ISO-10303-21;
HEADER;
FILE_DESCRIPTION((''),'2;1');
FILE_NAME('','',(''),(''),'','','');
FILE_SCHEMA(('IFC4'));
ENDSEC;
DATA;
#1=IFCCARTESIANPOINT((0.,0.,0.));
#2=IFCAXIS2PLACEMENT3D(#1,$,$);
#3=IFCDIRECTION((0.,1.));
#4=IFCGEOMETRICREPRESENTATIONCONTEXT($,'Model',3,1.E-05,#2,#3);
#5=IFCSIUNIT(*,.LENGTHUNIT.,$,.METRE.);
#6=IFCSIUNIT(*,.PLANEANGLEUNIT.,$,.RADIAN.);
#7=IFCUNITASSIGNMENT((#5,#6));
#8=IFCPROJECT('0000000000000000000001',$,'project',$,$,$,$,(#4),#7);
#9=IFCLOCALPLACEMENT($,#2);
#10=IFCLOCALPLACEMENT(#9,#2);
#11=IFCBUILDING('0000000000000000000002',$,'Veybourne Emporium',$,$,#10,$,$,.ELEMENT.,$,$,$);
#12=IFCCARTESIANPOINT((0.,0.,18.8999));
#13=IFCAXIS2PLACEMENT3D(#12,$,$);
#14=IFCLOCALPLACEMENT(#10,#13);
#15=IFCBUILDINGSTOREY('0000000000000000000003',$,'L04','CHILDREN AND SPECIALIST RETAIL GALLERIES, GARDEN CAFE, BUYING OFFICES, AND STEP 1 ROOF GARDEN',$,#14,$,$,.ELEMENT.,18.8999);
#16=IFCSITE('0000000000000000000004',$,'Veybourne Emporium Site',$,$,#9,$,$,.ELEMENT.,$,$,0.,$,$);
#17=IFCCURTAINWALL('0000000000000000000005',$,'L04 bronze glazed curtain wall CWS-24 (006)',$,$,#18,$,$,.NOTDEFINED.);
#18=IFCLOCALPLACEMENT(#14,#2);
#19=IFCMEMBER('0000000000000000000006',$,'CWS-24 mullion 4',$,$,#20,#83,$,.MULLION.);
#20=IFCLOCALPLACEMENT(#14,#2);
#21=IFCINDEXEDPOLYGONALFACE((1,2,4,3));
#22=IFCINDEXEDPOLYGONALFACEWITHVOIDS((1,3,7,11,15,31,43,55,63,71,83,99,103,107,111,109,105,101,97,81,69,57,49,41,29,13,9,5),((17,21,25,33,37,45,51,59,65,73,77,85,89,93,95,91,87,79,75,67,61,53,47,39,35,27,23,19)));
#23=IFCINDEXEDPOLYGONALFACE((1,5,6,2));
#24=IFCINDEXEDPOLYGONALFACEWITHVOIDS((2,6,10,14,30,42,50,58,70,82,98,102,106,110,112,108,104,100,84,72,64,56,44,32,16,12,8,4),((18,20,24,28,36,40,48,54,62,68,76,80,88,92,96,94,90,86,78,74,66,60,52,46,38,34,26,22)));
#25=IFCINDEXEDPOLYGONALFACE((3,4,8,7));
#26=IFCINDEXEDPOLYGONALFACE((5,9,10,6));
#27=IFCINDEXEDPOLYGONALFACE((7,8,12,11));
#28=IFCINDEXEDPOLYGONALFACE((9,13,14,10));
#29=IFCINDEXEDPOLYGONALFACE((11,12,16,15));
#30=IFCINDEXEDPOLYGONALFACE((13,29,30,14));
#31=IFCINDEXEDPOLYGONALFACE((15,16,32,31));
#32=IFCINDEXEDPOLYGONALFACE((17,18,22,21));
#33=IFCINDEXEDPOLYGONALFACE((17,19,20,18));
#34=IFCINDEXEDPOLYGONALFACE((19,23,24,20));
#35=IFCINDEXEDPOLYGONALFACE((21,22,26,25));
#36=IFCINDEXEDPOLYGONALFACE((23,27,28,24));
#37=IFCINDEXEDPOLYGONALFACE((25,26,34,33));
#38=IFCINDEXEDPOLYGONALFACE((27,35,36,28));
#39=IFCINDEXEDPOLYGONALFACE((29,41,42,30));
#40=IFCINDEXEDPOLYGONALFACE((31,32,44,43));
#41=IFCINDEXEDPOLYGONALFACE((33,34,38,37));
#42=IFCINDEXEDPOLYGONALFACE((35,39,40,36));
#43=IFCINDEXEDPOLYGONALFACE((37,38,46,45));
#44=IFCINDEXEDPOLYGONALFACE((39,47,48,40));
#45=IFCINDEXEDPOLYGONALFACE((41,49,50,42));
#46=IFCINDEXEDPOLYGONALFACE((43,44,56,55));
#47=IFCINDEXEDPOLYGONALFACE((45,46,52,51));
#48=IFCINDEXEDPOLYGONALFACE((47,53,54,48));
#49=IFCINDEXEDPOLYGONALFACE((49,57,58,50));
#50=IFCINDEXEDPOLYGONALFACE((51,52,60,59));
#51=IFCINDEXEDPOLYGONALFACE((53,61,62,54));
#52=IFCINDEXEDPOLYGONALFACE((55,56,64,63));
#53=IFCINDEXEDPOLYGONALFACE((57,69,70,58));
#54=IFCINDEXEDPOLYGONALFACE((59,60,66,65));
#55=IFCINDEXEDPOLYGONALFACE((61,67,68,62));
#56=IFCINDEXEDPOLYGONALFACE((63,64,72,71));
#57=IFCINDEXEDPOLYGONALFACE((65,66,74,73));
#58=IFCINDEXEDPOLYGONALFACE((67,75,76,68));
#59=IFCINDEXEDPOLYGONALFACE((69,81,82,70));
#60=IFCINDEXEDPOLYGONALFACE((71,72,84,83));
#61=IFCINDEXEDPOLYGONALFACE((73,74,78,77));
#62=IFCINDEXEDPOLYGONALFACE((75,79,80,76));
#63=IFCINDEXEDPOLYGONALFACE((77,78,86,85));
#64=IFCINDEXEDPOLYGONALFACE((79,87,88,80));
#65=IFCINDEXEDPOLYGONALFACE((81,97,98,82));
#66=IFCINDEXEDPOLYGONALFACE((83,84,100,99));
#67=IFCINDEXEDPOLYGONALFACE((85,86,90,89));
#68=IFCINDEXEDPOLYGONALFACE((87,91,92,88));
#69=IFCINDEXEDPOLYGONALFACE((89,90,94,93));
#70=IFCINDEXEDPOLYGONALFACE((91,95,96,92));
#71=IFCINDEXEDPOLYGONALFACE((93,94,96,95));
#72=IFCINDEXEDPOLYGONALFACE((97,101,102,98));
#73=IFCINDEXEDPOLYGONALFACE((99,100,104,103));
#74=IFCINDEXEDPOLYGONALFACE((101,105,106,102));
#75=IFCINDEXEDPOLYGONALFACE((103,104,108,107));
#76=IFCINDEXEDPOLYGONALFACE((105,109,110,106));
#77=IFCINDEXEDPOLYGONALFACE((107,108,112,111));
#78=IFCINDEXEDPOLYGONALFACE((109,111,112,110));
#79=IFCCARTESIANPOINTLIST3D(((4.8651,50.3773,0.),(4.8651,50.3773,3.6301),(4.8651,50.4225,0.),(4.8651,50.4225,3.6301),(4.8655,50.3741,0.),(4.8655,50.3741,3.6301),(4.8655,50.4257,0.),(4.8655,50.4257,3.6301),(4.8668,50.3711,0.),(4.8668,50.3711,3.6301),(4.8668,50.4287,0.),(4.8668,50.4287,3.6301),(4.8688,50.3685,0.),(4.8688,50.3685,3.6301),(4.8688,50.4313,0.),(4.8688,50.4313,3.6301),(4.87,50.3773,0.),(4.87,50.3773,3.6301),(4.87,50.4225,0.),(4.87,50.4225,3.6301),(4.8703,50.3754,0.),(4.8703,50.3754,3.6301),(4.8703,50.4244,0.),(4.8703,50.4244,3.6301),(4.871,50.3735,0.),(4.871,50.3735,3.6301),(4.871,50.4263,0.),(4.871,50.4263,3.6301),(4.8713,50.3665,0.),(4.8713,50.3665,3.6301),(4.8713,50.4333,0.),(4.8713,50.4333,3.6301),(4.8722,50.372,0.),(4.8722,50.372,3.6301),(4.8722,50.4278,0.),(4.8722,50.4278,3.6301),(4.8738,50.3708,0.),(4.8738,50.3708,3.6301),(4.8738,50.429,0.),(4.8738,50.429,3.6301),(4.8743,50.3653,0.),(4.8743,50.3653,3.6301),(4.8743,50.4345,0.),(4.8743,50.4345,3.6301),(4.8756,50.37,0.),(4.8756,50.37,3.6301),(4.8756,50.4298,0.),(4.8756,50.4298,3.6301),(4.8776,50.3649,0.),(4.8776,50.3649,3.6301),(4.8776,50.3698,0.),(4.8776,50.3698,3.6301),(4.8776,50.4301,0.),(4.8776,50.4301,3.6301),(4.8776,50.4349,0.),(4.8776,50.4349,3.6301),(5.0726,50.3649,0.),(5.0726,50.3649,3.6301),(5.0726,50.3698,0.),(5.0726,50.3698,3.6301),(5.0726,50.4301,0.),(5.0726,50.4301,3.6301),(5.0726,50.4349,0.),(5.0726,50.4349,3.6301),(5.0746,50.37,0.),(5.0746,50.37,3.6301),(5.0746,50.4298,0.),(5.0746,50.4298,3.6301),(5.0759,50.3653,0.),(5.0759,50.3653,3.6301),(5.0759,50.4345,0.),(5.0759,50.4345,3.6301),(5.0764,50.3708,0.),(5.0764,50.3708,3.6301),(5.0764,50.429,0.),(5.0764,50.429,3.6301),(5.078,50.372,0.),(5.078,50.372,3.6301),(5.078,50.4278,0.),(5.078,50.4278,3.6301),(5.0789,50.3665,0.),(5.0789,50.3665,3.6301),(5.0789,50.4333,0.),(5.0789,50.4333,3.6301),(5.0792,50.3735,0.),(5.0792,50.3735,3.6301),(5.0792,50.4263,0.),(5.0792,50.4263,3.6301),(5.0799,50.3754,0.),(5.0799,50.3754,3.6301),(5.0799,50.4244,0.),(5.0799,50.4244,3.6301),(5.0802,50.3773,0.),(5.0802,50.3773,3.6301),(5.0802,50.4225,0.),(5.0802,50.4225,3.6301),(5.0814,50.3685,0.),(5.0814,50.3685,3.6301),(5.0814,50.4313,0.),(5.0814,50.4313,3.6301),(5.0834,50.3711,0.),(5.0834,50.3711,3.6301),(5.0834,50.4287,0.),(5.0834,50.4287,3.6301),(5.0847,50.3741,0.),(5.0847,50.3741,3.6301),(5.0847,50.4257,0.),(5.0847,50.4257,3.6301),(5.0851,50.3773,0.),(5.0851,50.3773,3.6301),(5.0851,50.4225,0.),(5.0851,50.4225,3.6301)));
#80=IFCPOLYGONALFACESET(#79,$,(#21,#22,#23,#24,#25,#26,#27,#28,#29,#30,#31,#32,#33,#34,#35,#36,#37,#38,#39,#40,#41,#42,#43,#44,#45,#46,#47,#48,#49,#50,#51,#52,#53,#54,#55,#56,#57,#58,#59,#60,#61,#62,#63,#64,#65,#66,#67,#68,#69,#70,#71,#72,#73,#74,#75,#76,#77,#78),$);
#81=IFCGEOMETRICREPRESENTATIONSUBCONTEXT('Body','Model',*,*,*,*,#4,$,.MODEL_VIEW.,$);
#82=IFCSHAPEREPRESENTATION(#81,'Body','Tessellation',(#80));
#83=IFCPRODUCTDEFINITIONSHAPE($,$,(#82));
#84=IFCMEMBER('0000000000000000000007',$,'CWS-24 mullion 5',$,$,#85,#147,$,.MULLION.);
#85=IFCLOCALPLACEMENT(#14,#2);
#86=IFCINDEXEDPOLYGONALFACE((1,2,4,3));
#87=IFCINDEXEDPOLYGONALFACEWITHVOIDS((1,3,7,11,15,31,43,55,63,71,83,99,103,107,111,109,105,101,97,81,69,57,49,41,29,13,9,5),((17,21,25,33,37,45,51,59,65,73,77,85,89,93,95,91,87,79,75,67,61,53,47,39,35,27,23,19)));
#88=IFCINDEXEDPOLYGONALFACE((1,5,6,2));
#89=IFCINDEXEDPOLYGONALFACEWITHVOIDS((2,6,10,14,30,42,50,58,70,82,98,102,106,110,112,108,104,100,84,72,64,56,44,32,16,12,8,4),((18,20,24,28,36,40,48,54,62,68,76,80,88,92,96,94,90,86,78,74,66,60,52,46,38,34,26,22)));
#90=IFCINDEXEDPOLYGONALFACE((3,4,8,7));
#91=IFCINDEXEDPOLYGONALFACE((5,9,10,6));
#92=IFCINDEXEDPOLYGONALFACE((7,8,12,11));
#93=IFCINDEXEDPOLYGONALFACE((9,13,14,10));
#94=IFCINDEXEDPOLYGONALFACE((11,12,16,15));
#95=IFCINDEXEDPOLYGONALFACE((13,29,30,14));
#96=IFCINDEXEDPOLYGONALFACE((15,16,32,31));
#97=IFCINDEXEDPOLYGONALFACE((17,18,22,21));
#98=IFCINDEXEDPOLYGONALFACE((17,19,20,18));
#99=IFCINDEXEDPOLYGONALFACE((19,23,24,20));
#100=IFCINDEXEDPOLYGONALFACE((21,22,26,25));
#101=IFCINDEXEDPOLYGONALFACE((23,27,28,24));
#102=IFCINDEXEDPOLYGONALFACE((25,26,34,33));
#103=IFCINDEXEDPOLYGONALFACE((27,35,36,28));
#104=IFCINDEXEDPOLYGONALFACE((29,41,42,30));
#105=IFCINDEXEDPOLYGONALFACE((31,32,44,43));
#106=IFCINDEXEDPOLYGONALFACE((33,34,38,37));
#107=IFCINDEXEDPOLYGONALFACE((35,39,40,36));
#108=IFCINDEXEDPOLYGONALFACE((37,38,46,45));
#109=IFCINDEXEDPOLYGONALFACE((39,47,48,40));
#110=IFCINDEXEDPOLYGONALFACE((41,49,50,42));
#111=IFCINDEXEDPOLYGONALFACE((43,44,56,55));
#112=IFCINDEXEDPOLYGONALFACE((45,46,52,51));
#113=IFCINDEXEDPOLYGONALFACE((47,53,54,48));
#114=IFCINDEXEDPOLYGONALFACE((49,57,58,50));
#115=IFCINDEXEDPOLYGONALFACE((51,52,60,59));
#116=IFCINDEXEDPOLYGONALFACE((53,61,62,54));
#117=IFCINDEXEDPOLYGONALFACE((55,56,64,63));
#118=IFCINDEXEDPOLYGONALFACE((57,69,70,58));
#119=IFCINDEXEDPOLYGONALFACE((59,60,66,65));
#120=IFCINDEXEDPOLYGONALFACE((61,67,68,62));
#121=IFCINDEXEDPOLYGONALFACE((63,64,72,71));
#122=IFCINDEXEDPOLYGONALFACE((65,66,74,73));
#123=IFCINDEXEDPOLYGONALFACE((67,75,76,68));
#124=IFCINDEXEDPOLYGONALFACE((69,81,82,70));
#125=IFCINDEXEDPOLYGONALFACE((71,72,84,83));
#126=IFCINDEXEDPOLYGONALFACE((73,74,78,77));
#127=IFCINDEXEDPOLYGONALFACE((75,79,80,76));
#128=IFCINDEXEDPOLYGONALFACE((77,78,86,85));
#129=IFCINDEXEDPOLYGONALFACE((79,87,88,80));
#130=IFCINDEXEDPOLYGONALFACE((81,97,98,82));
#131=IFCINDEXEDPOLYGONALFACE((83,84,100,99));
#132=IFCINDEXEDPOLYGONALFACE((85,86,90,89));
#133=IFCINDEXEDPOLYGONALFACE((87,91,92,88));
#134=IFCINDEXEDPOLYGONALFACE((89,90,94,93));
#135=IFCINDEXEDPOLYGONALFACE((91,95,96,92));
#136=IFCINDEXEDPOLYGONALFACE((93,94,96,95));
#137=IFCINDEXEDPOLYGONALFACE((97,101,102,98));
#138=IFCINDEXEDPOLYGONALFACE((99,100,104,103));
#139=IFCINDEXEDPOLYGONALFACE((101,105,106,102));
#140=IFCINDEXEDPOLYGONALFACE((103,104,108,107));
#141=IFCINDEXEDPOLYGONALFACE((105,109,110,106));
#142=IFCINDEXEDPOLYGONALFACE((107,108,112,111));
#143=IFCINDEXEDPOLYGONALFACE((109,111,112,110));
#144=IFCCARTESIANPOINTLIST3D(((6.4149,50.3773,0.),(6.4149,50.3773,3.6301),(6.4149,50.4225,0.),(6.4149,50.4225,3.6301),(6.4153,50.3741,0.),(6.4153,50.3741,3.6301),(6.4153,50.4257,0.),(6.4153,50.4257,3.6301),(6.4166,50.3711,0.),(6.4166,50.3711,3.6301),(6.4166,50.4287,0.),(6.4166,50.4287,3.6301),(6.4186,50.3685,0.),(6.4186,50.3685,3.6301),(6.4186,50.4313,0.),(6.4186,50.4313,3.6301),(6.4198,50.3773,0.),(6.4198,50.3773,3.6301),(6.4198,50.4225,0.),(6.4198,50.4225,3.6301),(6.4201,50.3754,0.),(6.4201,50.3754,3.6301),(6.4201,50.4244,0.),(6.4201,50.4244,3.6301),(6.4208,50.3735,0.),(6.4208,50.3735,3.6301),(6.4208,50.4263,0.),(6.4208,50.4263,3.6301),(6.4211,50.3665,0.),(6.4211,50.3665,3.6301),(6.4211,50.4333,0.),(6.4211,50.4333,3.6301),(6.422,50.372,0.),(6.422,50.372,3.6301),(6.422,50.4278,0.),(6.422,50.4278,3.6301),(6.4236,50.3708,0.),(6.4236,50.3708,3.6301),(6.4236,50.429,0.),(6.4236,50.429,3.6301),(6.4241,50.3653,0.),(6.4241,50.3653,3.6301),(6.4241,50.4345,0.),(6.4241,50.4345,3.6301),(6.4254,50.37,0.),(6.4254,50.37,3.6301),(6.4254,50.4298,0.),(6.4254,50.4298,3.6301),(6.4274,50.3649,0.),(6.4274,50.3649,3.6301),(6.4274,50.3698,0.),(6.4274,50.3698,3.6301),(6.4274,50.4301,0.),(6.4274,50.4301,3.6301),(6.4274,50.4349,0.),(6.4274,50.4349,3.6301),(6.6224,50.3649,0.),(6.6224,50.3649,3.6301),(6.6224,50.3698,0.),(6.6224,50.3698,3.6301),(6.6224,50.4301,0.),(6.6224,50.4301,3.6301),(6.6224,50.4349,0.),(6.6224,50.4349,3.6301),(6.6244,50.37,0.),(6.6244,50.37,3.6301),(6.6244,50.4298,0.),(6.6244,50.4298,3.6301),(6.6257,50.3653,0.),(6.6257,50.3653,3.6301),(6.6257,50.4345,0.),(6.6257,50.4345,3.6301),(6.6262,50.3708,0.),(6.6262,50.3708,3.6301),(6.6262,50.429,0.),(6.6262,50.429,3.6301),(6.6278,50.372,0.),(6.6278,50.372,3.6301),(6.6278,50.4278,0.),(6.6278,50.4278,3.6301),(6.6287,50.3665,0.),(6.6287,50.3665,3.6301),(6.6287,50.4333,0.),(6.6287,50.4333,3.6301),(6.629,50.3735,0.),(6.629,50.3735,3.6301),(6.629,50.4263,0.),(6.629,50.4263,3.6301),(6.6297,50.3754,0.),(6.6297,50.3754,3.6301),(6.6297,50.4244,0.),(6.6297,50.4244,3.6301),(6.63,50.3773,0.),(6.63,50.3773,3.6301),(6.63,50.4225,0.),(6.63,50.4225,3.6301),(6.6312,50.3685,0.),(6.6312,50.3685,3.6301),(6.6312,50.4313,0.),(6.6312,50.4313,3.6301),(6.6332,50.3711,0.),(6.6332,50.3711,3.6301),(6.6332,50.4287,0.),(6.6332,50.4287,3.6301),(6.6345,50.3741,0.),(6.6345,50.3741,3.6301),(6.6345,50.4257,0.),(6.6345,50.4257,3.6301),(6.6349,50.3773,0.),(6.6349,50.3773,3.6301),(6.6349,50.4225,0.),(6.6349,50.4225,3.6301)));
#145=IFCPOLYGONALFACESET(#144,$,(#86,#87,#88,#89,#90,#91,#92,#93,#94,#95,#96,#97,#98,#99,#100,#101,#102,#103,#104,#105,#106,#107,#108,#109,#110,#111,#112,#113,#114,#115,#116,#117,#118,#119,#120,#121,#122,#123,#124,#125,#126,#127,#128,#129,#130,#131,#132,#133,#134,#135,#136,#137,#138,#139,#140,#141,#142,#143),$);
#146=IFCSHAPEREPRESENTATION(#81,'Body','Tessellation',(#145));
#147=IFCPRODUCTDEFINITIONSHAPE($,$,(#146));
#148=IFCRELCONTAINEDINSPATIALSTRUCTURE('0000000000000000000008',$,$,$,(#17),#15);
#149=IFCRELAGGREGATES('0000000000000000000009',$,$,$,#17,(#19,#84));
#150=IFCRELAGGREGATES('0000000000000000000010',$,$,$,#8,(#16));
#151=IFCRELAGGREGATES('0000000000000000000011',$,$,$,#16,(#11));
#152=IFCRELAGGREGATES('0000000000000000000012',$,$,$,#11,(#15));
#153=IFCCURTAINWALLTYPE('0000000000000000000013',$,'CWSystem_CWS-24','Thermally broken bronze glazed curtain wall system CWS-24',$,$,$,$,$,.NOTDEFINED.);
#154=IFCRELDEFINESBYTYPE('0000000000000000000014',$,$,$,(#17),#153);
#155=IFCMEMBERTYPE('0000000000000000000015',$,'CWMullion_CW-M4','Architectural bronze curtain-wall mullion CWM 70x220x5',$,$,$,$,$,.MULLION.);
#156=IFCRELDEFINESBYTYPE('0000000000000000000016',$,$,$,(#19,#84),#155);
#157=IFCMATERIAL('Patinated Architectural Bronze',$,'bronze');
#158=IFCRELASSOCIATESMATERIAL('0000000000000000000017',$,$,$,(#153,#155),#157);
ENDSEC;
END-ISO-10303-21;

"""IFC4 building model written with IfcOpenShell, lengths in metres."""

from ifc_helpers import new_model, si_unit, direction, frame, origin, origin_2d, place, context, subcontext, project, spatial, hollow_rectangle, extrude, material, material_profile, profile_set, type_object, element, aggregate, save


model = new_model("IFC4")

# Units and contexts
model_context = context("Model", 3, precision=1e-05, world=origin(), true_north=direction((0.0, 1.0)))
body_context = subcontext(model_context, "Body", "Model", "MODEL_VIEW")
ifc_project = project(units=[si_unit("LENGTHUNIT", "METRE"), si_unit("PLANEANGLEUNIT", "RADIAN")], contexts=[model_context])

# Site, building, storey
site_placement = place(None, origin())
site = spatial("IfcSite", under=ifc_project, at=site_placement, Name="Veybourne Emporium Site", CompositionType="ELEMENT", RefElevation=0.0)
building_placement = place(site_placement, origin())
building = spatial("IfcBuilding", under=site, at=building_placement, Name="Veybourne Emporium", CompositionType="ELEMENT")
storey_placement = place(building_placement, frame((0.0, 0.0, 18.8999)))
storey = spatial("IfcBuildingStorey", under=building, at=storey_placement, Name="L04", Description="CHILDREN AND SPECIALIST RETAIL GALLERIES, GARDEN CAFE, BUYING OFFICES, AND STEP 1 ROOF GARDEN", CompositionType="ELEMENT", Elevation=18.8999)

# Curtain wall, members
ifc_material_1 = material(Name="Patinated Architectural Bronze", Category="bronze")
curtain_wall_type = type_object("IfcCurtainWallType", Name="CWSystem_CWS-24", Description="Thermally broken bronze glazed curtain wall system CWS-24", PredefinedType="NOTDEFINED", material=ifc_material_1)
curtain_wall_placement = place(storey_placement, origin())
curtain_wall = element("IfcCurtainWall", 1, at=curtain_wall_placement, inside=storey, type_object=curtain_wall_type, Name="L04 bronze glazed curtain wall CWS-24 (006)", PredefinedType="NOTDEFINED")
ifc_material_profile_1 = material_profile(ifc_material_1, hollow_rectangle(XDim=0.0701, YDim=0.22, WallThickness=0.0049, InnerFilletRadius=0.0076, OuterFilletRadius=0.0125, at=origin_2d()), Name="CWM 70x220x5")
ifc_profile_set_1 = profile_set([ifc_material_profile_1], Name="Patinated Architectural Bronze")
member_type_1 = type_object("IfcMemberType", Name="CWMullion_CW-M4", Description="Architectural bronze curtain-wall mullion CWM 70x220x5", PredefinedType="MULLION", material=ifc_profile_set_1)
member_1_placement = place(storey_placement, frame((4.9751, 50.3999, 0.0), z_axis=(0.0, 0.0, 1.0), x_axis=(0.0, 1.0, 0.0)))
member_1 = element("IfcMember", 2, at=member_1_placement, type_object=member_type_1, Name="CWS-24 mullion 4", PredefinedType="MULLION", context=body_context, shape_type="SweptSolid", body=[
    extrude(hollow_rectangle(XDim=0.0701, YDim=0.22, WallThickness=0.0049, InnerFilletRadius=0.0076, OuterFilletRadius=0.0125, at=origin_2d()), origin(), (0.0, 0.0, 1.0), 3.6301),
])
member_2_placement = place(storey_placement, frame((6.5249, 50.3999, 0.0), z_axis=(0.0, 0.0, 1.0), x_axis=(0.0, 1.0, 0.0)))
member_2 = element("IfcMember", 3, at=member_2_placement, type_object=member_type_1, Name="CWS-24 mullion 5", PredefinedType="MULLION", context=body_context, shape_type="SweptSolid", body=[
    extrude(hollow_rectangle(XDim=0.0701, YDim=0.22, WallThickness=0.0049, InnerFilletRadius=0.0076, OuterFilletRadius=0.0125, at=origin_2d()), origin(), (0.0, 0.0, 1.0), 3.6301),
])
aggregate(curtain_wall, [member_1, member_2])

save(model, "model.ifc")
